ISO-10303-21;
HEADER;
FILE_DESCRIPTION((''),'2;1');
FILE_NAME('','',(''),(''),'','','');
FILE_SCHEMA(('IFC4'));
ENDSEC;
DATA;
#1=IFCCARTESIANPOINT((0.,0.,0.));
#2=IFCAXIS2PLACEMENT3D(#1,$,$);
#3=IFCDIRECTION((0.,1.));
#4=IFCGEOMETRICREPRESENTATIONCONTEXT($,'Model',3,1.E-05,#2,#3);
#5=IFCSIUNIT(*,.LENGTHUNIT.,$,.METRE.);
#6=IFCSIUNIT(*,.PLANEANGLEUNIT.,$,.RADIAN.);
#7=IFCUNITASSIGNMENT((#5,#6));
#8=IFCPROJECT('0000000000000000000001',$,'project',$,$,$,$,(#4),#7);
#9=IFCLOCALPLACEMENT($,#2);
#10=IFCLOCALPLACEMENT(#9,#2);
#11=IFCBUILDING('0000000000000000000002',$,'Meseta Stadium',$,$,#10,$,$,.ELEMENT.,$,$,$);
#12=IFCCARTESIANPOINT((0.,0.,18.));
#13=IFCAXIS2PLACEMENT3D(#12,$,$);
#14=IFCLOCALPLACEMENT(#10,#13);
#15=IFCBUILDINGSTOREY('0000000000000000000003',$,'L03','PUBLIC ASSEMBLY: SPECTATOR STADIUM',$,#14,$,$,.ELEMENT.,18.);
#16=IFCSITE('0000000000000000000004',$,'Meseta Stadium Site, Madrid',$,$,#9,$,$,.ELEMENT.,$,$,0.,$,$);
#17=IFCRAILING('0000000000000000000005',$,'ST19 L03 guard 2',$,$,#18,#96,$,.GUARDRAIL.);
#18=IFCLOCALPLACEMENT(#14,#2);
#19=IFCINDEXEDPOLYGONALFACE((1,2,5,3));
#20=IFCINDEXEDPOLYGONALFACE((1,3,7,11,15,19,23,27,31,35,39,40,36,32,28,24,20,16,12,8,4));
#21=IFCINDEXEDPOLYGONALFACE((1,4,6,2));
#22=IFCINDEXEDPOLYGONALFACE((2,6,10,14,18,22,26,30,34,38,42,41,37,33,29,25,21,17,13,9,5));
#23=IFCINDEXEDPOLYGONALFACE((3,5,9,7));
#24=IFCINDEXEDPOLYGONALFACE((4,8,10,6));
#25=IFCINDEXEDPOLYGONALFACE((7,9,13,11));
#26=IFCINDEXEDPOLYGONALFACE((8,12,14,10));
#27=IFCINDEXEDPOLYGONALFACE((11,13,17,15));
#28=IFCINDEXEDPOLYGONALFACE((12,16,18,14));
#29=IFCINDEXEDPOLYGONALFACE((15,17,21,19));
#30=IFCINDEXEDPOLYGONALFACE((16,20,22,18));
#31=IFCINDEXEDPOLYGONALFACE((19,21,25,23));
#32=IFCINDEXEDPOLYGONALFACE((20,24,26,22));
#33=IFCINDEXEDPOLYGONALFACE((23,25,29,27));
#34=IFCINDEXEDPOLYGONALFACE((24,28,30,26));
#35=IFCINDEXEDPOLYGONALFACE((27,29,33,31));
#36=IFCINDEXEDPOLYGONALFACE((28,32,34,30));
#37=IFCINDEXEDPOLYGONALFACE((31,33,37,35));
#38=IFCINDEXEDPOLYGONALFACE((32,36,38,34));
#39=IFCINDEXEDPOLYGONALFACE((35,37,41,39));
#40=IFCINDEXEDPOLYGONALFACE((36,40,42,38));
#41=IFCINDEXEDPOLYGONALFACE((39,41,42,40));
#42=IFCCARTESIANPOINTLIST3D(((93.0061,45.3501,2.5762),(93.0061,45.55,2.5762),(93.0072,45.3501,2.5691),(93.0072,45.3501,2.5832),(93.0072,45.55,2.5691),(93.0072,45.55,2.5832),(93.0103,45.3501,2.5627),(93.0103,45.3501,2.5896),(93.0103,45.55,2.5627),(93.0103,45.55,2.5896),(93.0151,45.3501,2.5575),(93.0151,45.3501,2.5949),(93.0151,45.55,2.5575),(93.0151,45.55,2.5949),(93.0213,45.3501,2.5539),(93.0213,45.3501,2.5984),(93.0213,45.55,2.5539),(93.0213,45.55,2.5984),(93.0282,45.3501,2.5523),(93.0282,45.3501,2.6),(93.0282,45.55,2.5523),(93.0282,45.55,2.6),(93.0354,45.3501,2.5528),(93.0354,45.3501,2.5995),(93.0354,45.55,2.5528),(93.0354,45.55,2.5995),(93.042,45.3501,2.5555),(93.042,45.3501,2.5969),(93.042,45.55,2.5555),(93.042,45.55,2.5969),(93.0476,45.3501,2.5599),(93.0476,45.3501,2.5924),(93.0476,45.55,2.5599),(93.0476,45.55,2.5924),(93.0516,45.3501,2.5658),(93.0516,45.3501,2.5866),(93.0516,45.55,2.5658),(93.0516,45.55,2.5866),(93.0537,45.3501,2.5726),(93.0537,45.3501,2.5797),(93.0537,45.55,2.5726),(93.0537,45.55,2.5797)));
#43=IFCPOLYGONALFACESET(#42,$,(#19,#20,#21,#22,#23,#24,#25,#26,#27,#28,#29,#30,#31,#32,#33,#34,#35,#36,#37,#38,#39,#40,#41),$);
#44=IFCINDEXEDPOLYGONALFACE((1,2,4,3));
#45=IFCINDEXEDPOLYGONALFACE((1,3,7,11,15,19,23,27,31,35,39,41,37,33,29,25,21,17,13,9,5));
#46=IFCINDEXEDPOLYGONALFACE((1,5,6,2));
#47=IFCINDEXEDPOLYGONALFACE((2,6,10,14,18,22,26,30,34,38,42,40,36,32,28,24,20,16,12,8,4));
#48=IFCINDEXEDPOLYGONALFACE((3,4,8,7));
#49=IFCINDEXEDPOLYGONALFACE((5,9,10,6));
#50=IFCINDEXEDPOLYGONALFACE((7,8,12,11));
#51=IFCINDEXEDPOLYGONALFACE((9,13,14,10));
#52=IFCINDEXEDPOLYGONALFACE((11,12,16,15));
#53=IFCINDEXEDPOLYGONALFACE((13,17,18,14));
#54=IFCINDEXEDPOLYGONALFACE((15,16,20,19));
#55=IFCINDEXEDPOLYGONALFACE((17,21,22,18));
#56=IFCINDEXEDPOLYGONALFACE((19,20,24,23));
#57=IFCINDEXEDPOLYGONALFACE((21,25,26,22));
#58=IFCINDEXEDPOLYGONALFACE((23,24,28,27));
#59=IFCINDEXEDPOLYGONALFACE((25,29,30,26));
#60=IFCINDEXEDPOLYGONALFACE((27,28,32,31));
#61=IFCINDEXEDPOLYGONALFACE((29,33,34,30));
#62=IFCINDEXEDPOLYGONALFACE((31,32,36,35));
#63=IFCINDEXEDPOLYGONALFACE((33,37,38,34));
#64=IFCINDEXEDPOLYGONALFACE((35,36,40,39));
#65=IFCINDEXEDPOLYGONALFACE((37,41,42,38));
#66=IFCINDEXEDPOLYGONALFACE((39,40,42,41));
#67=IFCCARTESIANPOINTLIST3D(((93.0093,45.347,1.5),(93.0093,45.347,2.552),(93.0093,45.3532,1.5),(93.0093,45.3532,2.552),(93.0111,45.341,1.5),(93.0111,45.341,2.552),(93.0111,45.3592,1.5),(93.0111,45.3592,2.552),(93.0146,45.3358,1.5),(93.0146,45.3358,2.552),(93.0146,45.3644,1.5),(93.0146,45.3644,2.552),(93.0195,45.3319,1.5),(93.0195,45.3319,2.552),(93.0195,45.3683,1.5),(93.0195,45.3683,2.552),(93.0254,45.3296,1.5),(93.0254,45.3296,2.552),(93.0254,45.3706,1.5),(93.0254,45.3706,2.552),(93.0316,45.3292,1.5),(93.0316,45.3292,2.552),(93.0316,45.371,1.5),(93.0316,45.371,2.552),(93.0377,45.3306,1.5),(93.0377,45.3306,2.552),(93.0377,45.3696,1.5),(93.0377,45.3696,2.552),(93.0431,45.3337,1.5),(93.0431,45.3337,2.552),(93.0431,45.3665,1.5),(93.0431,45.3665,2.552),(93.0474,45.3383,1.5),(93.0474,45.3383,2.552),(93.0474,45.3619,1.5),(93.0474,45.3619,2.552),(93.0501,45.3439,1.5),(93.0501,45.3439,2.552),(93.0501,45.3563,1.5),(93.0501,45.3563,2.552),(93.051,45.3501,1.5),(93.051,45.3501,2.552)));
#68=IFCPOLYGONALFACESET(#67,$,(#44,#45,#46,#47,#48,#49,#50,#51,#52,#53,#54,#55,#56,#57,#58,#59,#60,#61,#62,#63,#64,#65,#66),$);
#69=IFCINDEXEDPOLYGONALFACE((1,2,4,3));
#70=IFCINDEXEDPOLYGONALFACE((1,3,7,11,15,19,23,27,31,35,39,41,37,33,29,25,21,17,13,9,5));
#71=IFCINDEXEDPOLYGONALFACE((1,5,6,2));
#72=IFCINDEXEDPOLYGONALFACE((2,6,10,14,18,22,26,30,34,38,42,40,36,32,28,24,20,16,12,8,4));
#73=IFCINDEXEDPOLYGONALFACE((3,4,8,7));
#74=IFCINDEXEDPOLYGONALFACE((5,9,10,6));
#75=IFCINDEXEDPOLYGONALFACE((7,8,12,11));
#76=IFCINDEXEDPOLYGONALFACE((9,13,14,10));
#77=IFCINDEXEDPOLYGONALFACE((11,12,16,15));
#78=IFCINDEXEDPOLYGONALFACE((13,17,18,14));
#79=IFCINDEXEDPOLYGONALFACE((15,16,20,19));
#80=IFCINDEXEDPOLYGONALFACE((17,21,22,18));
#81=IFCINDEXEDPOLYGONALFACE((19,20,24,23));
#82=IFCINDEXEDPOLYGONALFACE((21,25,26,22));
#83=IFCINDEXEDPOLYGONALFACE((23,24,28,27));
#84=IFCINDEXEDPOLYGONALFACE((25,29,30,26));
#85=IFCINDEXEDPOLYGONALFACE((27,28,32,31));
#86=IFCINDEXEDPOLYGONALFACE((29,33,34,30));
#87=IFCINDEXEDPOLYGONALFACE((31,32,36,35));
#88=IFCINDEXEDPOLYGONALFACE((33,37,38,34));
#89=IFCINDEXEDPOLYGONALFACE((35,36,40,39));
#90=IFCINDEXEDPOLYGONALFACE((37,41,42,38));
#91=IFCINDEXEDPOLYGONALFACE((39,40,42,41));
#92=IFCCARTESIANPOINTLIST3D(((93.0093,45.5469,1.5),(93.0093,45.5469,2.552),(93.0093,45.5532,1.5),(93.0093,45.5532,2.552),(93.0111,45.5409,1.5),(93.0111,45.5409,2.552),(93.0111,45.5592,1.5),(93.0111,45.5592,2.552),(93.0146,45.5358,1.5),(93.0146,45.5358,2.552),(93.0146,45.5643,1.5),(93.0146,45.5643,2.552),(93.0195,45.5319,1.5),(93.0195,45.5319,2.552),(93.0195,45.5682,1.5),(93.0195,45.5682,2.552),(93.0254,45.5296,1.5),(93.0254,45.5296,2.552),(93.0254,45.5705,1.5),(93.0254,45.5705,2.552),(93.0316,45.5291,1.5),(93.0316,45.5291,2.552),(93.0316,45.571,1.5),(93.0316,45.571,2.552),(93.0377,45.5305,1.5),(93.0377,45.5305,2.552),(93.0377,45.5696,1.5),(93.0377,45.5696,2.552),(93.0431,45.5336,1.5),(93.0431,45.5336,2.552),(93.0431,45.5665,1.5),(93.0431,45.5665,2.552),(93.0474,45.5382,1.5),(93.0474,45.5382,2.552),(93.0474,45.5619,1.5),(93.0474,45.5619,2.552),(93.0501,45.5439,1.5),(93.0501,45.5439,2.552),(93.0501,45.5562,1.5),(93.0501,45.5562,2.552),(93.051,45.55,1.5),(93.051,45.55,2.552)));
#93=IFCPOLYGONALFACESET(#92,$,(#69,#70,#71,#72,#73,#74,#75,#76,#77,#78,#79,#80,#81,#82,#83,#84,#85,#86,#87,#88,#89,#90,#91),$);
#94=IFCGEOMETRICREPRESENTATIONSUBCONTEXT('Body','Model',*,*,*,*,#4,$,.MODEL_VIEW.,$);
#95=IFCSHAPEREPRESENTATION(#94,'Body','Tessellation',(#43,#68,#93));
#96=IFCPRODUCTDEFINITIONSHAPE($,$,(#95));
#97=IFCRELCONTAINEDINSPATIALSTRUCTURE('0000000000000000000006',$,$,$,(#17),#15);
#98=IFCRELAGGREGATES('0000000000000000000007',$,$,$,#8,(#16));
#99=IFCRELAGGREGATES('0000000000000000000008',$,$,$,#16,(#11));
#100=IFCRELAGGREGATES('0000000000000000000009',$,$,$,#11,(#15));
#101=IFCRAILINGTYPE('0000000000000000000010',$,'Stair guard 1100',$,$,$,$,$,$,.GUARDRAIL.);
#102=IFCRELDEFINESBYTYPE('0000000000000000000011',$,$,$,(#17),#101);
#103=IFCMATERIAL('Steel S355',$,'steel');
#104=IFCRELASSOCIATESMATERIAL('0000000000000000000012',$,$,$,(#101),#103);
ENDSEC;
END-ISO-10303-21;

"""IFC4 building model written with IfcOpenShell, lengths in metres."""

from ifc_helpers import new_model, si_unit, direction, frame, origin, origin_2d, place, context, subcontext, project, spatial, circle, extrude, material, type_object, element, save


model = new_model("IFC4")

# Units and contexts
model_context = context("Model", 3, precision=1e-05, world=origin(), true_north=direction((0.0, 1.0)))
body_context = subcontext(model_context, "Body", "Model", "MODEL_VIEW")
ifc_project = project(units=[si_unit("LENGTHUNIT", "METRE"), si_unit("PLANEANGLEUNIT", "RADIAN")], contexts=[model_context])

# Site, building, storey
site_placement = place(None, origin())
site = spatial("IfcSite", under=ifc_project, at=site_placement, Name="Meseta Stadium Site, Madrid", CompositionType="ELEMENT", RefElevation=0.0)
building_placement = place(site_placement, origin())
building = spatial("IfcBuilding", under=site, at=building_placement, Name="Meseta Stadium", CompositionType="ELEMENT")
storey_placement = place(building_placement, frame((0.0, 0.0, 18.0)))
storey = spatial("IfcBuildingStorey", under=building, at=storey_placement, Name="L03", Description="PUBLIC ASSEMBLY: SPECTATOR STADIUM", CompositionType="ELEMENT", Elevation=18.0)

# Railing
ifc_material_1 = material(Name="Steel S355", Category="steel")
railing_type_1 = type_object("IfcRailingType", Name="Stair guard 1100", PredefinedType="GUARDRAIL", material=ifc_material_1)
railing_1_placement = place(storey_placement, frame((93.03, 45.3501, 1.5)))
element("IfcRailing", 1, at=railing_1_placement, inside=storey, type_object=railing_type_1, Name="ST19 L03 guard 2", PredefinedType="GUARDRAIL", context=body_context, shape_type="SweptSolid", body=[
    extrude(circle(Radius=0.0239, at=origin_2d()), frame((0.0, 0.0, 1.0762), z_axis=(0.0, 1.0, 0.0), x_axis=(-1.0, 0.0, 0.0)), (0.0, 0.0, 1.0), 0.2),
    extrude(circle(Radius=0.021, at=origin_2d()), origin(), (0.0, 0.0, 1.0), 1.052),
    extrude(circle(Radius=0.021, at=origin_2d()), frame((0.0, 0.2, 0.0)), (0.0, 0.0, 1.0), 1.052),
])

save(model, "model.ifc")
